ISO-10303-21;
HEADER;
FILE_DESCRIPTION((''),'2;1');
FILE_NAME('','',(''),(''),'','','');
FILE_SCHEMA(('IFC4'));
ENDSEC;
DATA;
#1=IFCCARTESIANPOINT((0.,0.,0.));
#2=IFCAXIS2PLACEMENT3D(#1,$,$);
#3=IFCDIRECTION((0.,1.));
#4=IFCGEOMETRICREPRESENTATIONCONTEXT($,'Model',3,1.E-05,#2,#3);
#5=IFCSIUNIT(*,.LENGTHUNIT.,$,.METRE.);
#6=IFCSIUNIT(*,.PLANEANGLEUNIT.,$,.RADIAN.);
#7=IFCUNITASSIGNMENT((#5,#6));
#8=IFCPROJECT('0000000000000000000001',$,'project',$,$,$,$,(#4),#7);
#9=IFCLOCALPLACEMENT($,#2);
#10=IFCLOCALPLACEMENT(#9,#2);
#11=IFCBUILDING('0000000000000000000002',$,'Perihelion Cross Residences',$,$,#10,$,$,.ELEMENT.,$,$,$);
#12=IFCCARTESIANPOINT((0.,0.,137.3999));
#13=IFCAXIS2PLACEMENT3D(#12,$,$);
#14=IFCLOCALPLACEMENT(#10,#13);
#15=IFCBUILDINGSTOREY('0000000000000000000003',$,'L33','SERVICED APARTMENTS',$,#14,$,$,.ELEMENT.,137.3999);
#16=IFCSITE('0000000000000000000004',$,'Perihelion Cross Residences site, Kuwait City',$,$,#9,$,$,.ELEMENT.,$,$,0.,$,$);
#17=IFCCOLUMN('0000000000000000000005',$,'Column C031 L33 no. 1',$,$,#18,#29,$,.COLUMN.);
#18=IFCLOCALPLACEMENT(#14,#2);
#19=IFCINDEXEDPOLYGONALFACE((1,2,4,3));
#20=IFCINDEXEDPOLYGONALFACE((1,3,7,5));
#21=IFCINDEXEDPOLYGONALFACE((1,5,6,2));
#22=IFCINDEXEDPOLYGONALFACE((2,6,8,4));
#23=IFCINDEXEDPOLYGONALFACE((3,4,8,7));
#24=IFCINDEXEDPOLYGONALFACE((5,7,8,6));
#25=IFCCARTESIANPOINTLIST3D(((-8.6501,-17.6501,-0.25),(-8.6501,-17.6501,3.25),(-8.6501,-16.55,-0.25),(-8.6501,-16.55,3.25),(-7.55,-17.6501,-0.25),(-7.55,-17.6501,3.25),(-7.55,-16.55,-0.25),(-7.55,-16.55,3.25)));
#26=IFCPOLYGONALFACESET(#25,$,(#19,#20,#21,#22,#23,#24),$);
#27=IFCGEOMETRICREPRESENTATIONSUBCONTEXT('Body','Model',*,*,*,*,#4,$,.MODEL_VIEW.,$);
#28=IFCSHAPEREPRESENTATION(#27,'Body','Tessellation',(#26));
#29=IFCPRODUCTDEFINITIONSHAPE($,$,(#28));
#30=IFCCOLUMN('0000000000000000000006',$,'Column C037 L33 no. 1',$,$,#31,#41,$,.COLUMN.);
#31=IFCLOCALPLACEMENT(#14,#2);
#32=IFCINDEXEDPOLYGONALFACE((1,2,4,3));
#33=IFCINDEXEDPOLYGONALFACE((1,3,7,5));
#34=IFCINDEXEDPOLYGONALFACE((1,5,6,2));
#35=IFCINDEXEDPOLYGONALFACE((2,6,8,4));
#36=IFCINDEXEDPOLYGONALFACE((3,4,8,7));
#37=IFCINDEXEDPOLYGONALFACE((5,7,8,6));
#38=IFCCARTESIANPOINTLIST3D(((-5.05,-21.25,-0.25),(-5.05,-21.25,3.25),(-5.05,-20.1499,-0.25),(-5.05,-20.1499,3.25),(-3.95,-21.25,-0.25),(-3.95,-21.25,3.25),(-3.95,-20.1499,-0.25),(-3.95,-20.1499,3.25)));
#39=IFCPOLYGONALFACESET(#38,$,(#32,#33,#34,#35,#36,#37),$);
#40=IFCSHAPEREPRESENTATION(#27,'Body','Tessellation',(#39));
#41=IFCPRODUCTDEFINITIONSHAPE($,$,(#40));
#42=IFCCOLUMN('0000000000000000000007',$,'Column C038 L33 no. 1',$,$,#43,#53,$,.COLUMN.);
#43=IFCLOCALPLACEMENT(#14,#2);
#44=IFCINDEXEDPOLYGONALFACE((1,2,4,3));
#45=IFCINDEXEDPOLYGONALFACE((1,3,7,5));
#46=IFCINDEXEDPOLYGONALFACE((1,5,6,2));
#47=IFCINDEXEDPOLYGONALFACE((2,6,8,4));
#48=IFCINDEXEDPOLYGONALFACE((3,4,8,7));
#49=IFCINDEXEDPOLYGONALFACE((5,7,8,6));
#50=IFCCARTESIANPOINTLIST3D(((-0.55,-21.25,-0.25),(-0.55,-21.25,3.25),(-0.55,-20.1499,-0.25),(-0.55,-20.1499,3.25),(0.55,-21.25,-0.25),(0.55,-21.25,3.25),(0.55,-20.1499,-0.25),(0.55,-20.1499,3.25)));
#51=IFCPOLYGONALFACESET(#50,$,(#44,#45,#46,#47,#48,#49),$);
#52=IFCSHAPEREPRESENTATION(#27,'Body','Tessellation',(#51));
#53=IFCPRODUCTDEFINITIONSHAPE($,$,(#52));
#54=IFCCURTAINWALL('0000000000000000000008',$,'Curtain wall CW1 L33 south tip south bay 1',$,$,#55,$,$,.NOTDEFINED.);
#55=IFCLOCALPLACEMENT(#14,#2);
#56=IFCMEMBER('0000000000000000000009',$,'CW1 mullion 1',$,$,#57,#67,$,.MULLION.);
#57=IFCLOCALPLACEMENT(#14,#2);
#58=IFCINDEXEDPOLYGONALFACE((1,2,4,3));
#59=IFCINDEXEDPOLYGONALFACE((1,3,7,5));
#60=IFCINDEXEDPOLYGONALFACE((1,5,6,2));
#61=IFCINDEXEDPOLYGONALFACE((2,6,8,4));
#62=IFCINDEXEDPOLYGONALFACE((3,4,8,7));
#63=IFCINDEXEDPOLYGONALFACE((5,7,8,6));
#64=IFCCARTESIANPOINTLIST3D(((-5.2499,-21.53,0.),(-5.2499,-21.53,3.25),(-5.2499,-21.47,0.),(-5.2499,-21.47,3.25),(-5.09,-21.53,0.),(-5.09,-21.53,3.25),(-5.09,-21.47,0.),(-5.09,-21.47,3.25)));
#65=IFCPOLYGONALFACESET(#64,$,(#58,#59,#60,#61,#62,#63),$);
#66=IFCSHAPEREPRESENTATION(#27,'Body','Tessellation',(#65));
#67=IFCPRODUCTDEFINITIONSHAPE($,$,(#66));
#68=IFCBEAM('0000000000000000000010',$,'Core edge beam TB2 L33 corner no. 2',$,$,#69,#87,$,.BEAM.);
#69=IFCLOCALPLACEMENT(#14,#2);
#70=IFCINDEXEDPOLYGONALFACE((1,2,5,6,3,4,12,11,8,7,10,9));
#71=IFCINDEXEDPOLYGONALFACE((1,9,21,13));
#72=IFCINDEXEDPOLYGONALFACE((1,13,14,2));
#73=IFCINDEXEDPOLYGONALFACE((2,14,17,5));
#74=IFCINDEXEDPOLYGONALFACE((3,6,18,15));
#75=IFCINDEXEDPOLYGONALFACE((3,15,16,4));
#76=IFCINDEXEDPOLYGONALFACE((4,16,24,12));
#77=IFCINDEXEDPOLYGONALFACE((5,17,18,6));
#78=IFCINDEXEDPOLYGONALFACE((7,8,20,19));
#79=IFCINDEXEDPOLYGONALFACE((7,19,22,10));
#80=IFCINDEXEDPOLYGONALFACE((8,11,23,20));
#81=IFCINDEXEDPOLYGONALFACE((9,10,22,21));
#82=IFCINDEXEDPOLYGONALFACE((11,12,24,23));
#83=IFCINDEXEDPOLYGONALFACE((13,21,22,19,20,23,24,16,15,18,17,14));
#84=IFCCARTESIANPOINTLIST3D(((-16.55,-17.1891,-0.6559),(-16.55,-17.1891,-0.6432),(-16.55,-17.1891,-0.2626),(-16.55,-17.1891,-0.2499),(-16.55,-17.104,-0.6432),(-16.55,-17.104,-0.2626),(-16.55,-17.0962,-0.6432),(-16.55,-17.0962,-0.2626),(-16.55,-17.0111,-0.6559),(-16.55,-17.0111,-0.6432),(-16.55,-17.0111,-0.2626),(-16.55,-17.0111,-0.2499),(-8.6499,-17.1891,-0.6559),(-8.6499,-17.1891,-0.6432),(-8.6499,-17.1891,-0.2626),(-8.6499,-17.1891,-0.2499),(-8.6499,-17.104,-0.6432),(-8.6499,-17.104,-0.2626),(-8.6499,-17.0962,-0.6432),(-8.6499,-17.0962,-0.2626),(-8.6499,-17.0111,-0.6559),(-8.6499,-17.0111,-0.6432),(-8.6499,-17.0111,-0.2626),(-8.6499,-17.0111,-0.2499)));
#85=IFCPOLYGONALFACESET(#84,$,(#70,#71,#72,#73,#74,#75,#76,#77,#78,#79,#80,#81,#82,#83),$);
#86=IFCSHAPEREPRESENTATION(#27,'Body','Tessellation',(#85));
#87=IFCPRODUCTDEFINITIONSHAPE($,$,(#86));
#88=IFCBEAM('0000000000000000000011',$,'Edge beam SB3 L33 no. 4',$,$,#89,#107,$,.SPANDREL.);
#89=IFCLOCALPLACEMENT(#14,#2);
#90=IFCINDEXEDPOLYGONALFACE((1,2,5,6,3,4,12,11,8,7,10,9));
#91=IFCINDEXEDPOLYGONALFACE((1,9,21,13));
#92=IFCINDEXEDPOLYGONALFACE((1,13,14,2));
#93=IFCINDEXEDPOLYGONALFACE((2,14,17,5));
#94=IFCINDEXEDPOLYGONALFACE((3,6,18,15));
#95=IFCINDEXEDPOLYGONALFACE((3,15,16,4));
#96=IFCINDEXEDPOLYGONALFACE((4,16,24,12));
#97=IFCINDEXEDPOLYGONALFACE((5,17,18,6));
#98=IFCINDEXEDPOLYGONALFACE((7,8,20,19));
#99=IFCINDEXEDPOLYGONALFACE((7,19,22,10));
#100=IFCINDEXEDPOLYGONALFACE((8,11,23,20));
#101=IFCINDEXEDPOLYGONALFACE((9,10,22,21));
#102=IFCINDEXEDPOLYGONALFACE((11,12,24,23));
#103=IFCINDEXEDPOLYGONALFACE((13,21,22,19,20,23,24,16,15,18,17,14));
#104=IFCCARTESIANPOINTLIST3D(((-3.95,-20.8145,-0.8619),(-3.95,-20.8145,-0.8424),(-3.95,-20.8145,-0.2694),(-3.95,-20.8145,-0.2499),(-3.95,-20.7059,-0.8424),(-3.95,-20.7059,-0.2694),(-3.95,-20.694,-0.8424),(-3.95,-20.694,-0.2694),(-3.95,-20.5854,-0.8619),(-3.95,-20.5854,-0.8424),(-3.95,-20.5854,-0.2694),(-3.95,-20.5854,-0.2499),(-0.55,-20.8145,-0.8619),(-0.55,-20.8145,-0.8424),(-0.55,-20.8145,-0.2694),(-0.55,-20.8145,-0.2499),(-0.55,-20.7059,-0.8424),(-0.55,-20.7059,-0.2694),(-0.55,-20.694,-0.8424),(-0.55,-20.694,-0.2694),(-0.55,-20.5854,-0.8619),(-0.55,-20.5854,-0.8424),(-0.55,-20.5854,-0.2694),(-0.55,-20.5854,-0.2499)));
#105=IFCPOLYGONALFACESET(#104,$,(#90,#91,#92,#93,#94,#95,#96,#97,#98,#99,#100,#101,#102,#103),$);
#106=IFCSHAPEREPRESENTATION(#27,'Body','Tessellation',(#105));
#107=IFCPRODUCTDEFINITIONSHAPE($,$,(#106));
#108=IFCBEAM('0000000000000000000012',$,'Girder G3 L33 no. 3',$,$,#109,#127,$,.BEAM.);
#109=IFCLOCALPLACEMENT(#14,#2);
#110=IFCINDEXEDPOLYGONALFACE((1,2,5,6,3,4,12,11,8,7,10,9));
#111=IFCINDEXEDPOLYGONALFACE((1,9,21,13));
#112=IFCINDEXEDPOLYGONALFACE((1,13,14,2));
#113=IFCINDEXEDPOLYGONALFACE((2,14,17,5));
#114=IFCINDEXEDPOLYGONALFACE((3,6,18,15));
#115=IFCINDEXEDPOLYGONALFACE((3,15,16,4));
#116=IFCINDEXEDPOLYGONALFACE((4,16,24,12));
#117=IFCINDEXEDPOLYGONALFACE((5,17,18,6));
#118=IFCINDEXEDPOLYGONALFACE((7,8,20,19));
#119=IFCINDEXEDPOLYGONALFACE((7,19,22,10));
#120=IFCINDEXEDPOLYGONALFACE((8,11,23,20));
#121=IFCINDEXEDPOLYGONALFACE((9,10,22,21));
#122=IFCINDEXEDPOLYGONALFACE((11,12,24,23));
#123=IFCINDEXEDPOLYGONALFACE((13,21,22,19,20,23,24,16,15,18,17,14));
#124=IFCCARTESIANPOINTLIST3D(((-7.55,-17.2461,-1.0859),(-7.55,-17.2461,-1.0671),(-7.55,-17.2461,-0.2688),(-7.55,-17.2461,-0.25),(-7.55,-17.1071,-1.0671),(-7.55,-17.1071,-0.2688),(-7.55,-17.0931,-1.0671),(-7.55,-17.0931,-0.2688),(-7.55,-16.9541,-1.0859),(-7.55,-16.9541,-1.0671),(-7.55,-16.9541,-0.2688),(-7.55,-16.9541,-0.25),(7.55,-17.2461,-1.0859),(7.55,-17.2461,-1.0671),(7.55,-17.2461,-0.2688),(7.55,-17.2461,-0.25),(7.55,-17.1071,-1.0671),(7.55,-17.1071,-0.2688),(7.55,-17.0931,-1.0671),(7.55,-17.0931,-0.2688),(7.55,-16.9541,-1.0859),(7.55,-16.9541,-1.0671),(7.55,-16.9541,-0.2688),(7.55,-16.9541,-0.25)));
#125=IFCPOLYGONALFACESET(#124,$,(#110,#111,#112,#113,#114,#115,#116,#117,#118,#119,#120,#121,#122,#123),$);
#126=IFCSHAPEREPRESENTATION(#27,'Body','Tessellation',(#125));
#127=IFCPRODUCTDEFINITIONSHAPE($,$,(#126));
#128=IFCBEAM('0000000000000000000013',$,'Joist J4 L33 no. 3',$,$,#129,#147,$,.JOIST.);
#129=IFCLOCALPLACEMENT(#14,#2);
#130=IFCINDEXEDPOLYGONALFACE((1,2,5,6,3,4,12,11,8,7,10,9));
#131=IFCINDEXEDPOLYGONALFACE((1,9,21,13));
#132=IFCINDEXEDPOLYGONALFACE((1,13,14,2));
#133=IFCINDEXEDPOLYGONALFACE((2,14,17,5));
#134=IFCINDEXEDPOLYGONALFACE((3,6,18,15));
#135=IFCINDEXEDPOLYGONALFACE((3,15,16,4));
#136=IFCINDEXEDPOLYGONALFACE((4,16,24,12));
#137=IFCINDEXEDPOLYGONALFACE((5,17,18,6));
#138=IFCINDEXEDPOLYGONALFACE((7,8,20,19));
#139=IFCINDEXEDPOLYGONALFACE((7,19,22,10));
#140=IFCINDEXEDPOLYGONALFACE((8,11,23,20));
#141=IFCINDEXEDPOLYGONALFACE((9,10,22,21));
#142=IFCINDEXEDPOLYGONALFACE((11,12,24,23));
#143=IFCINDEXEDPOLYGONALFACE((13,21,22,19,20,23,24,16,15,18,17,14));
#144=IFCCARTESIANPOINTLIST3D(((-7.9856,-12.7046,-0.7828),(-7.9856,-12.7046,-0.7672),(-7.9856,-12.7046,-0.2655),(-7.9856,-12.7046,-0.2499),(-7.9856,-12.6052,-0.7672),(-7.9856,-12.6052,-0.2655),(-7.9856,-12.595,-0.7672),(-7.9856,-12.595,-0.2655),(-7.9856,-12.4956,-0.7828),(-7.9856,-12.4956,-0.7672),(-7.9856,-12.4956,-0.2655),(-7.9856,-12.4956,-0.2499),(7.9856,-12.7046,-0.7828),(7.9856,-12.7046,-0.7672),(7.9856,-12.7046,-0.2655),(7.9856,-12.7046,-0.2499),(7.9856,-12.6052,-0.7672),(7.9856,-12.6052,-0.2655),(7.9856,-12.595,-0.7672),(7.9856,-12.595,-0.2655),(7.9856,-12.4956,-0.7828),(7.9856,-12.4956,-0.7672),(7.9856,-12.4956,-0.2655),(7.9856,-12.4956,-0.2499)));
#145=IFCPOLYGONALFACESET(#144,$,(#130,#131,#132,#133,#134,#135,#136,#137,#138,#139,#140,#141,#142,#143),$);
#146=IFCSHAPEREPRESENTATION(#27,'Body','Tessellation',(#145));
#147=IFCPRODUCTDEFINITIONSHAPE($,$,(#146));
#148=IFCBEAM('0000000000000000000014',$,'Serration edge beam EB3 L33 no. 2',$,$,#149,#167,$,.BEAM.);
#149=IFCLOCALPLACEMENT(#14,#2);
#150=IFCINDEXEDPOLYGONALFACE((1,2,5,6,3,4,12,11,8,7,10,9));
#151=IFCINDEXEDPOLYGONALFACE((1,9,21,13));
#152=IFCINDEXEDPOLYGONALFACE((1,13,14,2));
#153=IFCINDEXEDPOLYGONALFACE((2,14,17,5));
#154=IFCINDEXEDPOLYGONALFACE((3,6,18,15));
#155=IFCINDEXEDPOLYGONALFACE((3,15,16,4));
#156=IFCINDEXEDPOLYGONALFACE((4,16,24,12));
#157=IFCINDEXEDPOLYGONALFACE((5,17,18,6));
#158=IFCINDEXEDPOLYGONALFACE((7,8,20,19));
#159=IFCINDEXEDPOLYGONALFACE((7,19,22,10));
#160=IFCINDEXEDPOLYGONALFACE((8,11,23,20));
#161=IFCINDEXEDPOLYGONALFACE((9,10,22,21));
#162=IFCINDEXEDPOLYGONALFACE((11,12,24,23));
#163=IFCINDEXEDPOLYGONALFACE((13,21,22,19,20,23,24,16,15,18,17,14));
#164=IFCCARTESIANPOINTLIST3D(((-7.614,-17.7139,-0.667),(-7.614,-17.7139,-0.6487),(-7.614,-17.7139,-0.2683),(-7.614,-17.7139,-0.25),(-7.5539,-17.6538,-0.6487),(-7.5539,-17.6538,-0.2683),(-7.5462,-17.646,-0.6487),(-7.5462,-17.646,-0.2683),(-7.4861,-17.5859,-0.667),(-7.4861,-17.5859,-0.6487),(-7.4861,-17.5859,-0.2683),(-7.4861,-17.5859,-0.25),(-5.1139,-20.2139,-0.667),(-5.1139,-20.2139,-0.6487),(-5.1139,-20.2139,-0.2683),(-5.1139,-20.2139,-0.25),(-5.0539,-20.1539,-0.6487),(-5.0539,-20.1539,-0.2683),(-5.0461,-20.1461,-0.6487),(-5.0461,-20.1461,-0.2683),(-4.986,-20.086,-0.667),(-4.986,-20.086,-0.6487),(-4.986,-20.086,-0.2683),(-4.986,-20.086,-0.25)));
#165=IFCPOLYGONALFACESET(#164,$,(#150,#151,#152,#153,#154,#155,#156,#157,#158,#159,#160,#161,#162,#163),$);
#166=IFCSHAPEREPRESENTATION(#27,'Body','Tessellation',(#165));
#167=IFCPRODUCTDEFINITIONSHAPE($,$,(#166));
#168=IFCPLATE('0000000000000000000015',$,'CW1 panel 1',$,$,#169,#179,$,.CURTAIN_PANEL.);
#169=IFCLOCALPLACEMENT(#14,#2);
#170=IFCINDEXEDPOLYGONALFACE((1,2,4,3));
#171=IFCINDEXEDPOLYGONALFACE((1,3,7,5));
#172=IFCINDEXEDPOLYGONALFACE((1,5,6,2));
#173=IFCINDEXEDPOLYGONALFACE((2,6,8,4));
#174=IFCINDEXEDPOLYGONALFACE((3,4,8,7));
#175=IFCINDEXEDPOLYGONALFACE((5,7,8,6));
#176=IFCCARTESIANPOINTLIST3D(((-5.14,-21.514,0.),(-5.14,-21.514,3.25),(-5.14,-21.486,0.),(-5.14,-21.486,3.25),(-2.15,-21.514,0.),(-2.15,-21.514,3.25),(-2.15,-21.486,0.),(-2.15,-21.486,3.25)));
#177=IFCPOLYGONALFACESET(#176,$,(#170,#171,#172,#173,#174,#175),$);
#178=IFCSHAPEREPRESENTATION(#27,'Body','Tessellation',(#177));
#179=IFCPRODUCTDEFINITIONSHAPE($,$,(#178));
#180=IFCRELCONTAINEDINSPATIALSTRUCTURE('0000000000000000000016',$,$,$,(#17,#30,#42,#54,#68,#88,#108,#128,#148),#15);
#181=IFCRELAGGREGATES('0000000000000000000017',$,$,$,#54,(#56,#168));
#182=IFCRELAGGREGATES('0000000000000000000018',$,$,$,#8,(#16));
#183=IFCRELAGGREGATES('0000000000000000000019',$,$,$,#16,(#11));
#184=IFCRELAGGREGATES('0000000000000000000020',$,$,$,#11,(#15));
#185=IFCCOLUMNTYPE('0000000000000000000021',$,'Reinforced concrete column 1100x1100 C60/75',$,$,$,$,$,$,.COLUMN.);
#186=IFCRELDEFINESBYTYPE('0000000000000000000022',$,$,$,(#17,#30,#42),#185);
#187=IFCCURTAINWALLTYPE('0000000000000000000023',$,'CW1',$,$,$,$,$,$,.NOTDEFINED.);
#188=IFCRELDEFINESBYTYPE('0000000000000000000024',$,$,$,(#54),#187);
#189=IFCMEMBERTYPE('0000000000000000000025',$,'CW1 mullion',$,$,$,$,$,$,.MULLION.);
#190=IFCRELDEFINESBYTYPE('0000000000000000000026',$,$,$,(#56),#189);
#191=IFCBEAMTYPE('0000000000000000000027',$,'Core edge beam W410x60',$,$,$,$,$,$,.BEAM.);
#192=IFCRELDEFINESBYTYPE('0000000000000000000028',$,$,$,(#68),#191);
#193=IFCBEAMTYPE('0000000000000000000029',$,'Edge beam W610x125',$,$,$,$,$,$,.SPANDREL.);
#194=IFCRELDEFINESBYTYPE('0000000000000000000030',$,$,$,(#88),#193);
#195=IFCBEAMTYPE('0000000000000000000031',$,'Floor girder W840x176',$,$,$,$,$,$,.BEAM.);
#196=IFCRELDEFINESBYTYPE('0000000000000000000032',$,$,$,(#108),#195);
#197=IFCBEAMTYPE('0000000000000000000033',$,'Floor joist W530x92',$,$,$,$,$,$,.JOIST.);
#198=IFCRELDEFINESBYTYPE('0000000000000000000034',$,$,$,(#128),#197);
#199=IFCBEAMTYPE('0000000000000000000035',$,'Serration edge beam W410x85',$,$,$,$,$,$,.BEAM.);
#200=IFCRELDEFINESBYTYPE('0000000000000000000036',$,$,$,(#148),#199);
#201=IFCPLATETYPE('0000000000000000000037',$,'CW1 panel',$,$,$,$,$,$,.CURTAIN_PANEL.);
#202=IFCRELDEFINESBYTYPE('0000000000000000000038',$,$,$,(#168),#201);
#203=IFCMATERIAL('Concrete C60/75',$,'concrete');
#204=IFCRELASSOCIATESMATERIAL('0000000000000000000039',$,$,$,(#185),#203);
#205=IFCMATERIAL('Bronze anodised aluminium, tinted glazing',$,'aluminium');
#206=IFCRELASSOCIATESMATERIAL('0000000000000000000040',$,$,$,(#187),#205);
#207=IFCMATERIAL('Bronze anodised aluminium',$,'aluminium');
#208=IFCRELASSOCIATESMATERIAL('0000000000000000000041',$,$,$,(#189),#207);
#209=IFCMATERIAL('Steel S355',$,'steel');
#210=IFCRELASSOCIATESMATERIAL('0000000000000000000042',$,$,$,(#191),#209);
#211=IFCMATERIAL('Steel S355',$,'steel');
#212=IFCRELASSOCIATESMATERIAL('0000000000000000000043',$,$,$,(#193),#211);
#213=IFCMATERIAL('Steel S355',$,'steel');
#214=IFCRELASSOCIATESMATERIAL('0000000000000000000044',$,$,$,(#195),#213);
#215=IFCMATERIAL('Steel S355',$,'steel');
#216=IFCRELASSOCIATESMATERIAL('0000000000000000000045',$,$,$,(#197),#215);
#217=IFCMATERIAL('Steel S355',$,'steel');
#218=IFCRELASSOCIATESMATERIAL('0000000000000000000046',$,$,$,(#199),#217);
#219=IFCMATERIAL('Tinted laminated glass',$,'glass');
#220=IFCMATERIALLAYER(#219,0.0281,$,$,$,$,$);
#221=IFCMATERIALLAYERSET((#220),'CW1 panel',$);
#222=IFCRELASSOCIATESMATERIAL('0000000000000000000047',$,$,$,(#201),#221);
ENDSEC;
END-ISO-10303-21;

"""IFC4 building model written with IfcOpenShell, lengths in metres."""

from ifc_helpers import new_model, si_unit, direction, frame, origin, origin_2d, place, context, subcontext, project, spatial, rectangle, i_section, extrude, material, layer, layer_set, material_profile, profile_set, type_object, element, aggregate, save


model = new_model("IFC4")

# Units and contexts
model_context = context("Model", 3, precision=1e-05, world=origin(), true_north=direction((0.0, 1.0)))
body_context = subcontext(model_context, "Body", "Model", "MODEL_VIEW")
ifc_project = project(units=[si_unit("LENGTHUNIT", "METRE"), si_unit("PLANEANGLEUNIT", "RADIAN")], contexts=[model_context])

# Site, building, storey
site_placement = place(None, origin())
site = spatial("IfcSite", under=ifc_project, at=site_placement, Name="Perihelion Cross Residences site, Kuwait City", CompositionType="ELEMENT", RefElevation=0.0)
building_placement = place(site_placement, origin())
building = spatial("IfcBuilding", under=site, at=building_placement, Name="Perihelion Cross Residences", CompositionType="ELEMENT")
storey_placement = place(building_placement, frame((0.0, 0.0, 137.3999)))
storey = spatial("IfcBuildingStorey", under=building, at=storey_placement, Name="L33", Description="SERVICED APARTMENTS", CompositionType="ELEMENT", Elevation=137.3999)

# Columns
ifc_material_1 = material(Name="Concrete C60/75", Category="concrete")
ifc_material_profile_1 = material_profile(ifc_material_1, rectangle(XDim=1.1001, YDim=1.1001, at=origin_2d()), Name="RC 1100x1100")
ifc_profile_set_1 = profile_set([ifc_material_profile_1], Name="Concrete C60/75")
column_type = type_object("IfcColumnType", Name="Reinforced concrete column 1100x1100 C60/75", PredefinedType="COLUMN", material=ifc_profile_set_1)
for number, where, z_axis, x_axis, name in (
    (1, (-8.1001, -17.1001, -0.25), (0.0, 0.0, 1.0), (1.0, 0.0, 0.0), "Column C031 L33 no. 1"),
    (2, (-4.5, -20.7, -0.25), (0.0, 0.0, 1.0), (1.0, 0.0, 0.0), "Column C037 L33 no. 1"),
    (3, (0.0, -20.7, -0.25), (0.0, 0.0, 1.0), (1.0, 0.0, 0.0), "Column C038 L33 no. 1"),
):
    element("IfcColumn", number, at=place(storey_placement, frame(where, z_axis=z_axis, x_axis=x_axis)), inside=storey, type_object=column_type, Name=name, PredefinedType="COLUMN", context=body_context, shape_type="SweptSolid", body=[
        extrude(rectangle(XDim=1.1001, YDim=1.1001, at=origin_2d()), origin(), (0.0, 0.0, 1.0), 3.5),
    ])

# Curtain wall, member
ifc_material_2 = material(Name="Bronze anodised aluminium, tinted glazing", Category="aluminium")
curtain_wall_type = type_object("IfcCurtainWallType", Name="CW1", PredefinedType="NOTDEFINED", material=ifc_material_2)
curtain_wall_placement = place(storey_placement, origin())
curtain_wall = element("IfcCurtainWall", 4, at=curtain_wall_placement, inside=storey, type_object=curtain_wall_type, Name="Curtain wall CW1 L33 south tip south bay 1", PredefinedType="NOTDEFINED")
ifc_material_3 = material(Name="Bronze anodised aluminium", Category="aluminium")
ifc_material_profile_2 = material_profile(ifc_material_3, rectangle(XDim=0.0601, YDim=0.1599, at=origin_2d()), Name="CW1 mullion")
ifc_profile_set_2 = profile_set([ifc_material_profile_2], Name="Bronze anodised aluminium")
member_type = type_object("IfcMemberType", Name="CW1 mullion", PredefinedType="MULLION", material=ifc_profile_set_2)
member_placement = place(storey_placement, frame((-5.1699, -21.5, 0.0), z_axis=(0.0, 0.0, 1.0), x_axis=(0.0, 1.0, 0.0)))
member = element("IfcMember", 5, at=member_placement, type_object=member_type, Name="CW1 mullion 1", PredefinedType="MULLION", context=body_context, shape_type="SweptSolid", body=[
    extrude(rectangle(XDim=0.0601, YDim=0.1599, at=origin_2d()), origin(), (0.0, 0.0, 1.0), 3.25),
])

# Beams
ifc_material_4 = material(Name="Steel S355", Category="steel")
ifc_material_profile_3 = material_profile(ifc_material_4, i_section(OverallWidth=0.178, OverallDepth=0.406, WebThickness=0.0078, FlangeThickness=0.0127, at=origin_2d()), Name="W410x60")
ifc_profile_set_3 = profile_set([ifc_material_profile_3], Name="Steel S355")
beam_type_1 = type_object("IfcBeamType", Name="Core edge beam W410x60", PredefinedType="BEAM", material=ifc_profile_set_3)
beam_1_placement = place(storey_placement, frame((-8.6499, -17.1001, -0.4529), z_axis=(-1.0, 0.0, 0.0), x_axis=(0.0, -1.0, 0.0)))
element("IfcBeam", 6, at=beam_1_placement, inside=storey, type_object=beam_type_1, Name="Core edge beam TB2 L33 corner no. 2", PredefinedType="BEAM", context=body_context, shape_type="SweptSolid", body=[
    extrude(i_section(OverallWidth=0.178, OverallDepth=0.406, WebThickness=0.0078, FlangeThickness=0.0127, at=origin_2d()), origin(), (0.0, 0.0, 1.0), 7.9001),
])
ifc_material_5 = material(Name="Steel S355", Category="steel")
ifc_material_profile_4 = material_profile(ifc_material_5, i_section(OverallWidth=0.229, OverallDepth=0.6121, WebThickness=0.012, FlangeThickness=0.0195, at=origin_2d()), Name="W610x125")
ifc_profile_set_4 = profile_set([ifc_material_profile_4], Name="Steel S355")
beam_type_2 = type_object("IfcBeamType", Name="Edge beam W610x125", PredefinedType="SPANDREL", material=ifc_profile_set_4)
beam_2_placement = place(storey_placement, frame((-3.95, -20.7, -0.5559), z_axis=(1.0, 0.0, 0.0), x_axis=(0.0, 1.0, 0.0)))
element("IfcBeam", 7, at=beam_2_placement, inside=storey, type_object=beam_type_2, Name="Edge beam SB3 L33 no. 4", PredefinedType="SPANDREL", context=body_context, shape_type="SweptSolid", body=[
    extrude(i_section(OverallWidth=0.229, OverallDepth=0.6121, WebThickness=0.012, FlangeThickness=0.0195, at=origin_2d()), origin(), (0.0, 0.0, 1.0), 3.3999),
])
ifc_material_6 = material(Name="Steel S355", Category="steel")
ifc_material_profile_5 = material_profile(ifc_material_6, i_section(OverallWidth=0.292, OverallDepth=0.8359, WebThickness=0.0139, FlangeThickness=0.0188, at=origin_2d()), Name="W840x176")
ifc_profile_set_5 = profile_set([ifc_material_profile_5], Name="Steel S355")
beam_type_3 = type_object("IfcBeamType", Name="Floor girder W840x176", PredefinedType="BEAM", material=ifc_profile_set_5)
beam_3_placement = place(storey_placement, frame((-7.55, -17.1001, -0.668), z_axis=(1.0, 0.0, 0.0), x_axis=(0.0, 1.0, 0.0)))
element("IfcBeam", 8, at=beam_3_placement, inside=storey, type_object=beam_type_3, Name="Girder G3 L33 no. 3", PredefinedType="BEAM", context=body_context, shape_type="SweptSolid", body=[
    extrude(i_section(OverallWidth=0.292, OverallDepth=0.8359, WebThickness=0.0139, FlangeThickness=0.0188, at=origin_2d()), origin(), (0.0, 0.0, 1.0), 15.1001),
])
ifc_material_7 = material(Name="Steel S355", Category="steel")
ifc_material_profile_6 = material_profile(ifc_material_7, i_section(OverallWidth=0.209, OverallDepth=0.533, WebThickness=0.0103, FlangeThickness=0.0156, at=origin_2d()), Name="W530x92")
ifc_profile_set_6 = profile_set([ifc_material_profile_6], Name="Steel S355")
beam_type_4 = type_object("IfcBeamType", Name="Floor joist W530x92", PredefinedType="JOIST", material=ifc_profile_set_6)
beam_4_placement = place(storey_placement, frame((-7.9856, -12.6001, -0.5164), z_axis=(1.0, 0.0, 0.0), x_axis=(0.0, 1.0, 0.0)))
element("IfcBeam", 9, at=beam_4_placement, inside=storey, type_object=beam_type_4, Name="Joist J4 L33 no. 3", PredefinedType="JOIST", context=body_context, shape_type="SweptSolid", body=[
    extrude(i_section(OverallWidth=0.209, OverallDepth=0.533, WebThickness=0.0103, FlangeThickness=0.0156, at=origin_2d()), origin(), (0.0, 0.0, 1.0), 15.9712),
])
ifc_material_8 = material(Name="Steel S355", Category="steel")
ifc_material_profile_7 = material_profile(ifc_material_8, i_section(OverallWidth=0.1809, OverallDepth=0.417, WebThickness=0.011, FlangeThickness=0.0183, at=origin_2d()), Name="W410x85")
ifc_profile_set_7 = profile_set([ifc_material_profile_7], Name="Steel S355")
beam_type_5 = type_object("IfcBeamType", Name="Serration edge beam W410x85", PredefinedType="BEAM", material=ifc_profile_set_7)
beam_5_placement = place(storey_placement, frame((-7.55, -17.6499, -0.4585), z_axis=(0.707107, -0.707107, 0.0), x_axis=(0.707107, 0.707107, 0.0)))
element("IfcBeam", 10, at=beam_5_placement, inside=storey, type_object=beam_type_5, Name="Serration edge beam EB3 L33 no. 2", PredefinedType="BEAM", context=body_context, shape_type="SweptSolid", body=[
    extrude(i_section(OverallWidth=0.1809, OverallDepth=0.417, WebThickness=0.011, FlangeThickness=0.0183, at=origin_2d()), origin(), (0.0, 0.0, 1.0), 3.5356),
])

# Plate
ifc_material_9 = material(Name="Tinted laminated glass", Category="glass")
ifc_layer_1 = layer(ifc_material_9, 0.0281)
ifc_layer_set_1 = layer_set([ifc_layer_1], Name="CW1 panel")
plate_type = type_object("IfcPlateType", Name="CW1 panel", PredefinedType="CURTAIN_PANEL", material=ifc_layer_set_1)
plate_placement = place(storey_placement, frame((-3.645, -21.5, 0.0), z_axis=(0.0, 0.0, 1.0), x_axis=(1.0, 0.0, 0.0)))
plate = element("IfcPlate", 11, at=plate_placement, type_object=plate_type, Name="CW1 panel 1", PredefinedType="CURTAIN_PANEL", context=body_context, shape_type="SweptSolid", body=[
    extrude(rectangle(XDim=2.99, YDim=0.0281, at=origin_2d()), origin(), (0.0, 0.0, 1.0), 3.25),
])
aggregate(curtain_wall, [member, plate])

save(model, "model.ifc")
